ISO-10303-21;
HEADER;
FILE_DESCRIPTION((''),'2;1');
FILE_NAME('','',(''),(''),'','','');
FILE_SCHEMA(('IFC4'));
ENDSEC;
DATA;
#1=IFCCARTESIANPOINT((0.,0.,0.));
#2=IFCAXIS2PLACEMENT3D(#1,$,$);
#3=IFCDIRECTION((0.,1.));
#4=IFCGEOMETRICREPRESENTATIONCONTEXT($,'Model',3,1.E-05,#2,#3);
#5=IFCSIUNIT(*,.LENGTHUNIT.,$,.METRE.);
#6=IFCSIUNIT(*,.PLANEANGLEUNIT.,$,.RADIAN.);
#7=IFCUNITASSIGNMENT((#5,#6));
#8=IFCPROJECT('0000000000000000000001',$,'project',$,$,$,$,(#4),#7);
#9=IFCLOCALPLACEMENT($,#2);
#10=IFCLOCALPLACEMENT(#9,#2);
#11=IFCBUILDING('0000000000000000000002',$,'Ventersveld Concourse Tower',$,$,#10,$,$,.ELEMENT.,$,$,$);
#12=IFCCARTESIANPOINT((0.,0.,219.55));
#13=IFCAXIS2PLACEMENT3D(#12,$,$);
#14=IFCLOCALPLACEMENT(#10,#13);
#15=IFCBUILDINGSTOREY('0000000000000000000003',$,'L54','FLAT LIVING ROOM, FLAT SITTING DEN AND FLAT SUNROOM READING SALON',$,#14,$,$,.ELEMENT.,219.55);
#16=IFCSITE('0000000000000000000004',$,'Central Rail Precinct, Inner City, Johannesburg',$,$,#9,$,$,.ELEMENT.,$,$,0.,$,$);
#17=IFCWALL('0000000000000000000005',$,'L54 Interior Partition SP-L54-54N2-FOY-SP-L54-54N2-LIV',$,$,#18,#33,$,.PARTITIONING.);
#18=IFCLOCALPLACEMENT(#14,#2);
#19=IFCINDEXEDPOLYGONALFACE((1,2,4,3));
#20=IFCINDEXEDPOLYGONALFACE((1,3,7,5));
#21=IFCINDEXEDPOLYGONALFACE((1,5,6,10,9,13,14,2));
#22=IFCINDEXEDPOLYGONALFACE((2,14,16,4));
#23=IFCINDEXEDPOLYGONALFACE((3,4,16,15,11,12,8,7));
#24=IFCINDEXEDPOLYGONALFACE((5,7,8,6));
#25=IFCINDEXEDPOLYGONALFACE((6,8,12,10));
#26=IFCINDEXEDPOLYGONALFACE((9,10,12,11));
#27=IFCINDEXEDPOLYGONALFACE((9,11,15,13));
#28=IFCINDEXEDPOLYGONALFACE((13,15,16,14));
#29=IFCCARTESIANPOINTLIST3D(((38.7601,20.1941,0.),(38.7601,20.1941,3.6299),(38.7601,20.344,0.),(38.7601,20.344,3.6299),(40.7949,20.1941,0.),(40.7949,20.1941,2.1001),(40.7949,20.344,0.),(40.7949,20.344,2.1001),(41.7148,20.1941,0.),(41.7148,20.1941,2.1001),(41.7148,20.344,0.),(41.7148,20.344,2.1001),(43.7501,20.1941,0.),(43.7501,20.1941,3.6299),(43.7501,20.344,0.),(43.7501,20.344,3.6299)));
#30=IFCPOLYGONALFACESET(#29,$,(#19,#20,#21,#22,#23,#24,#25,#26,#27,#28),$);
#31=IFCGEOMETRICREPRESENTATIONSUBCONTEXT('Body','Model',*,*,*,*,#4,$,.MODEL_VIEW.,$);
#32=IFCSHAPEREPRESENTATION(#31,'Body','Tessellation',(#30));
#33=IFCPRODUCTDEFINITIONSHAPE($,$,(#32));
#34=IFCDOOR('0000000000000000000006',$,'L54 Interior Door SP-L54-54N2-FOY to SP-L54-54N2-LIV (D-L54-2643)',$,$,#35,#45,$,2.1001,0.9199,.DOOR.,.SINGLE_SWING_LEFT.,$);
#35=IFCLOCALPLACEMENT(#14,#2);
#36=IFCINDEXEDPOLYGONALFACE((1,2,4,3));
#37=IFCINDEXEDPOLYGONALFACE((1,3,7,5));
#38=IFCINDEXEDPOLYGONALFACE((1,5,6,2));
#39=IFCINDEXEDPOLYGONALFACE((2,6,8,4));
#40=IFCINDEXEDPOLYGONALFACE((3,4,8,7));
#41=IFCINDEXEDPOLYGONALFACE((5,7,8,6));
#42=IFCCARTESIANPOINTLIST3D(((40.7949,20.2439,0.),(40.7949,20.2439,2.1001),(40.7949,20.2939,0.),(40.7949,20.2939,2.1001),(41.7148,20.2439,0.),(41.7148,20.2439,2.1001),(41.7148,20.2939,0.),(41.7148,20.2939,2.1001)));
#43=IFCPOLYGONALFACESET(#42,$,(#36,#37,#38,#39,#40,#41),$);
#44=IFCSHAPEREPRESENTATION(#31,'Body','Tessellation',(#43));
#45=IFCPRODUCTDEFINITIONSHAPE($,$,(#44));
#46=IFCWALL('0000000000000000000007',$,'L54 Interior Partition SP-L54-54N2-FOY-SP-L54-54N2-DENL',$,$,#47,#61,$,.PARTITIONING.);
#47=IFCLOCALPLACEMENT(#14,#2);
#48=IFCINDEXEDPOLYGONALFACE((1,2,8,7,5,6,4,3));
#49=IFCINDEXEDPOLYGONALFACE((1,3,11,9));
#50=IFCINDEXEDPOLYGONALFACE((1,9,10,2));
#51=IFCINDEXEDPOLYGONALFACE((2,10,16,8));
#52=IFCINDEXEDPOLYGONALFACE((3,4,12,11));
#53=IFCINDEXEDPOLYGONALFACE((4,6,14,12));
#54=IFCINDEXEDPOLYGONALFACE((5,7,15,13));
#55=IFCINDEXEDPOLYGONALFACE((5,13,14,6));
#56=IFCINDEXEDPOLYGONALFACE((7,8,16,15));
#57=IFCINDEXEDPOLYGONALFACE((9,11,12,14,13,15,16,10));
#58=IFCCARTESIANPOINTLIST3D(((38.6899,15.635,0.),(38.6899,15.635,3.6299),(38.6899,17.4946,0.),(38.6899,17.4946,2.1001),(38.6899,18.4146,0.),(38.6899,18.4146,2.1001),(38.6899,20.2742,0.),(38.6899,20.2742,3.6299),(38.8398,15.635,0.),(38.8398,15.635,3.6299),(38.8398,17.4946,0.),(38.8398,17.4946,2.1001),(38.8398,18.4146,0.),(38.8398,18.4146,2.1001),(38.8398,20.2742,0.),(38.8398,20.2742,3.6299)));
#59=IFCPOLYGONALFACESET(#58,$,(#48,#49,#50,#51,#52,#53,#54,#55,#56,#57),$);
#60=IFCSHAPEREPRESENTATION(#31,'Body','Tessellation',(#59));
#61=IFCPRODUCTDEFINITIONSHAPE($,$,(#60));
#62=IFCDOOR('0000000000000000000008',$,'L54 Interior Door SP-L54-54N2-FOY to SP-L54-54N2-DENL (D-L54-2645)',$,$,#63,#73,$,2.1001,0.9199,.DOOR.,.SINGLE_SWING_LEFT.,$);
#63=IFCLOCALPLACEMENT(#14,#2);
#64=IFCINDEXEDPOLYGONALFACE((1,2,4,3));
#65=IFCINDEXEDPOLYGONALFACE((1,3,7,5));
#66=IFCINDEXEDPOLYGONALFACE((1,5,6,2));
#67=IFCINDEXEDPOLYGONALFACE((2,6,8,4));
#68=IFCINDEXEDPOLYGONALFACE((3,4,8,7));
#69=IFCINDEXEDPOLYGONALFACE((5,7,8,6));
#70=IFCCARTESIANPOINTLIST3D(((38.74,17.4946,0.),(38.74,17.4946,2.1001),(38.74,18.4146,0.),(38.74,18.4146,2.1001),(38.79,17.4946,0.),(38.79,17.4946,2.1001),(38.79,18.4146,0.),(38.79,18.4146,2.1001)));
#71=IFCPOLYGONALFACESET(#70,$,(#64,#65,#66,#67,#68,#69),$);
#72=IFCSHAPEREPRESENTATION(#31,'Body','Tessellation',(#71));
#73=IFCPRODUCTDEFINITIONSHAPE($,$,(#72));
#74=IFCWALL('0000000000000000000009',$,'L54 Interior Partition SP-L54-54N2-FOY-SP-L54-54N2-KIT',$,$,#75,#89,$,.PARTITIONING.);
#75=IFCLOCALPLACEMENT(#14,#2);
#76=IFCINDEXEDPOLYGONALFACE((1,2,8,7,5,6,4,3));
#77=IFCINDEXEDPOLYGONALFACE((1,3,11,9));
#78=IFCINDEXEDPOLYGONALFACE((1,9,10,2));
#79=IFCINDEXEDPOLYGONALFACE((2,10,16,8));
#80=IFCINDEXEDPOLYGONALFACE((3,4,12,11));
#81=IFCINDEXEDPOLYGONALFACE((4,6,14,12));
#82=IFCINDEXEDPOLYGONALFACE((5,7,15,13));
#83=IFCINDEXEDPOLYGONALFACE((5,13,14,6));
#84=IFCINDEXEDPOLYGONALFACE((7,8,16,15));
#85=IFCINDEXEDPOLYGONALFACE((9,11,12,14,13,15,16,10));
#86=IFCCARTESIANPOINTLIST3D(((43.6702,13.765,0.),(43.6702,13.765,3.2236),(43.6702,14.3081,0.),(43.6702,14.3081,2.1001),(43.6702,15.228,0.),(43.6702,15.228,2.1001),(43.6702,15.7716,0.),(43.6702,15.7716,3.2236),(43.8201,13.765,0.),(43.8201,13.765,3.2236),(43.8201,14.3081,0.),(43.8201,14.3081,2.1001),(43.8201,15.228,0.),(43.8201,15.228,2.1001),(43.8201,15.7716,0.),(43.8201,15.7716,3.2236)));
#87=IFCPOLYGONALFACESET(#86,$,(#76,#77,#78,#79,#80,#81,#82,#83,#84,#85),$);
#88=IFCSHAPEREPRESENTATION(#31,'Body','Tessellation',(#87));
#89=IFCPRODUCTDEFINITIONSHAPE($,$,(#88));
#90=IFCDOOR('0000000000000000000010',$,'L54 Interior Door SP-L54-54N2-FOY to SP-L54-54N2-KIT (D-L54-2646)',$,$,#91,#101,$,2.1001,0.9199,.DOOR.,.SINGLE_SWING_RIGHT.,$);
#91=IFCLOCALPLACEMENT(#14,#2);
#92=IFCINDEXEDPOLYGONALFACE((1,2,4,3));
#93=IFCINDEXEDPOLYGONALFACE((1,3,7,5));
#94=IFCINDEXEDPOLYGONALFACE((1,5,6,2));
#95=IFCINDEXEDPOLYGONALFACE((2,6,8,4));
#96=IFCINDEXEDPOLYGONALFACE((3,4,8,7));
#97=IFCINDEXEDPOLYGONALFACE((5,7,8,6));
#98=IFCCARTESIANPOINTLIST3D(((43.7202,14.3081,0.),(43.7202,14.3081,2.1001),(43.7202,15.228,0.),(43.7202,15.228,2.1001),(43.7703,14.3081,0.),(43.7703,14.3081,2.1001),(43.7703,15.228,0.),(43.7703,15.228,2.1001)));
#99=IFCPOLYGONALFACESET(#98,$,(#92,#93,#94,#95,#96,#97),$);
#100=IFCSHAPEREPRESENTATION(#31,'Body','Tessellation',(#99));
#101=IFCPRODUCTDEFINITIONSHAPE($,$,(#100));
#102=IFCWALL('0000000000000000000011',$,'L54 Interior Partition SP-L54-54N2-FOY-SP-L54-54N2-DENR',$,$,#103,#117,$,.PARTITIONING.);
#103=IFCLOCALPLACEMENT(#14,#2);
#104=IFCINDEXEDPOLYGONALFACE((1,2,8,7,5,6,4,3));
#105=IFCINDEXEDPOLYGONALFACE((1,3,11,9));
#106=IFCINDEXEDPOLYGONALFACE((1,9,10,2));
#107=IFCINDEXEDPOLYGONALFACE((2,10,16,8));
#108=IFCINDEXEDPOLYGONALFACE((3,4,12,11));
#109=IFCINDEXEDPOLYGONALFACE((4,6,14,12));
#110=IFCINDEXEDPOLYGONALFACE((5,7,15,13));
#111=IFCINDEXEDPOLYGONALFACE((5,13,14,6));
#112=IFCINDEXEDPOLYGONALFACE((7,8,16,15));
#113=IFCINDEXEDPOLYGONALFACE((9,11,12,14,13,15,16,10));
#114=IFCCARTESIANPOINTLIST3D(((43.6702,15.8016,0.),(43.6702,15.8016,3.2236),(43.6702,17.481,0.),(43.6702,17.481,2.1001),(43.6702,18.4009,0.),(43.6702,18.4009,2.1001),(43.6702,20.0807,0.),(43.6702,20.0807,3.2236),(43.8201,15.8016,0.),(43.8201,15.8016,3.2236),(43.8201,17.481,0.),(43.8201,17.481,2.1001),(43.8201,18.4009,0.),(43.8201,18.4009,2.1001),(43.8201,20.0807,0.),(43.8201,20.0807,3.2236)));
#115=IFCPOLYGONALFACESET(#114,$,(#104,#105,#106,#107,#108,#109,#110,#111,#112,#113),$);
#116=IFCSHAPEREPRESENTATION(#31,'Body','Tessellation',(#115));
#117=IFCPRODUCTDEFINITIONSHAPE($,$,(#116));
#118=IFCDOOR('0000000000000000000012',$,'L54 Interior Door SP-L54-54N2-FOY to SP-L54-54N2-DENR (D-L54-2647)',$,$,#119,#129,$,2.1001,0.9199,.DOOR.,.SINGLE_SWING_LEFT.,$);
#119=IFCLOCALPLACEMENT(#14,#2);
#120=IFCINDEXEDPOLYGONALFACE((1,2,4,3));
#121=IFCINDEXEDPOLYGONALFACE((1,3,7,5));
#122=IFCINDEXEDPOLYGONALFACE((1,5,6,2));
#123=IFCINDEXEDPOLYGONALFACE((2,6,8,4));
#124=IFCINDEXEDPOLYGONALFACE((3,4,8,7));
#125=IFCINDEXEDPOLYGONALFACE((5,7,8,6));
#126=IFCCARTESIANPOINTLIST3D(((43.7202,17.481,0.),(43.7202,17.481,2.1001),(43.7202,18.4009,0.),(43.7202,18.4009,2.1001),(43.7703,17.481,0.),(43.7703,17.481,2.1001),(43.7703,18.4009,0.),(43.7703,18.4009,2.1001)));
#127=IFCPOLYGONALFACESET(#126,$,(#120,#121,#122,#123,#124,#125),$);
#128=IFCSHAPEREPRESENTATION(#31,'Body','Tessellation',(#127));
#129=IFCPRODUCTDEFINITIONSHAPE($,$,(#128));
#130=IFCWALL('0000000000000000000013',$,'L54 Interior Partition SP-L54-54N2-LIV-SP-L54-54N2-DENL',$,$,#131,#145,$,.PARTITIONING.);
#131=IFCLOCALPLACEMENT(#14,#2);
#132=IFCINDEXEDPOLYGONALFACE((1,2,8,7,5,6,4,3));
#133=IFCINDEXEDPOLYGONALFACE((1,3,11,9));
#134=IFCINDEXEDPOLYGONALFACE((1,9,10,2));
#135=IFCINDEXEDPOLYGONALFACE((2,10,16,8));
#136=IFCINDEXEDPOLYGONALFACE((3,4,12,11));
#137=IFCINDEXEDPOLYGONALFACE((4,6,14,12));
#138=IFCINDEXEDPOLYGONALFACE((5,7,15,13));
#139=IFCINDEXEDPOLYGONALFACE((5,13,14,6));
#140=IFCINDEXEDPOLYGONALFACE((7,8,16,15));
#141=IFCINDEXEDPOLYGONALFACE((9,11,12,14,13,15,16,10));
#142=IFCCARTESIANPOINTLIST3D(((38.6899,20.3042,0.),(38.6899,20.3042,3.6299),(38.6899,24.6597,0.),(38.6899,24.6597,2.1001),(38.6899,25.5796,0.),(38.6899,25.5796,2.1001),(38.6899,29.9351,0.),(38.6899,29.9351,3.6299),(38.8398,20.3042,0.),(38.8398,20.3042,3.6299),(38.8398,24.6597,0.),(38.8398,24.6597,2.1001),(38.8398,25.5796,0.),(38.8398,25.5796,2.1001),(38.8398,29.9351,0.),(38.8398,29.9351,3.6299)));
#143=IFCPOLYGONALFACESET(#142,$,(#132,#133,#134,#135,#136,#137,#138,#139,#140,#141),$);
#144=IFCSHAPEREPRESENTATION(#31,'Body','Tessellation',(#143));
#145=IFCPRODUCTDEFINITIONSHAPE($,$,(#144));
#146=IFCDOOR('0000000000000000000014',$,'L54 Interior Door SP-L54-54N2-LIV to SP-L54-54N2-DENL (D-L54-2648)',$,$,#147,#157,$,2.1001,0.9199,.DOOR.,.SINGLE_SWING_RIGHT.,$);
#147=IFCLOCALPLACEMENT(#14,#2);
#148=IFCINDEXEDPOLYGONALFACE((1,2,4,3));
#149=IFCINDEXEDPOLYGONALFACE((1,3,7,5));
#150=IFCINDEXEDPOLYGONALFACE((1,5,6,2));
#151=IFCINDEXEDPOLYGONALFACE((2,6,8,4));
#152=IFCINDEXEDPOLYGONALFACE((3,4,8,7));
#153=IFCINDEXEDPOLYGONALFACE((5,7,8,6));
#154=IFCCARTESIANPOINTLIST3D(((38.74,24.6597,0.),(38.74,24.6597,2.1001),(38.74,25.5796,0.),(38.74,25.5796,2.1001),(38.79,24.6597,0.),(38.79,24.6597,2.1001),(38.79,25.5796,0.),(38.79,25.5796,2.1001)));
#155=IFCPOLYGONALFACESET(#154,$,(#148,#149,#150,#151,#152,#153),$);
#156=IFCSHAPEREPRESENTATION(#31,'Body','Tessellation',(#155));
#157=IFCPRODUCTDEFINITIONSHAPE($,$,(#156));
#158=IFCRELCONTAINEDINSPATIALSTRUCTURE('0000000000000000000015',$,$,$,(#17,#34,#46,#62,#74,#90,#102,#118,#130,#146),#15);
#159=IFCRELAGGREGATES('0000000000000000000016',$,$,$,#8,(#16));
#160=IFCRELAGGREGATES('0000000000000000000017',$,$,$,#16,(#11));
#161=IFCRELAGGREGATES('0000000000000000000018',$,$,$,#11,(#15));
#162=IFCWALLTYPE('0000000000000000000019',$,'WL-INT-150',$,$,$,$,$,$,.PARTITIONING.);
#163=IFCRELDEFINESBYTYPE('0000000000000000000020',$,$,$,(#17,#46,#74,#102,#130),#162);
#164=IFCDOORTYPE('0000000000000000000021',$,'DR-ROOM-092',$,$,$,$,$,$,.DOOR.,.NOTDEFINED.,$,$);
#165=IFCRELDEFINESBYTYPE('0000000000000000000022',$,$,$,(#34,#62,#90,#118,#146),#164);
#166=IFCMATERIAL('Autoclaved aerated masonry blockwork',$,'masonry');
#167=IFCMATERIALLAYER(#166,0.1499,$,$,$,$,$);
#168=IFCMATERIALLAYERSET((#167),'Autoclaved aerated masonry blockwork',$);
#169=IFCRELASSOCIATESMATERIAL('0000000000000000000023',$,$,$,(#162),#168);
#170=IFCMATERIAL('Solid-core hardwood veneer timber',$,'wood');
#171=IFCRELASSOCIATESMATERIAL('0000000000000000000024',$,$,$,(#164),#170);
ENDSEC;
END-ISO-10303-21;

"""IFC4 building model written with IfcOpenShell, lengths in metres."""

from ifc_helpers import new_model, si_unit, direction, frame, frame_2d, origin, place, context, subcontext, project, spatial, rectangle, extrude, material, layer, layer_set, type_object, element, fill, save


model = new_model("IFC4")

# Units and contexts
model_context = context("Model", 3, precision=1e-05, world=origin(), true_north=direction((0.0, 1.0)))
body_context = subcontext(model_context, "Body", "Model", "MODEL_VIEW")
ifc_project = project(units=[si_unit("LENGTHUNIT", "METRE"), si_unit("PLANEANGLEUNIT", "RADIAN")], contexts=[model_context])

# Site, building, storey
site_placement = place(None, origin())
site = spatial("IfcSite", under=ifc_project, at=site_placement, Name="Central Rail Precinct, Inner City, Johannesburg", CompositionType="ELEMENT", RefElevation=0.0)
building_placement = place(site_placement, origin())
building = spatial("IfcBuilding", under=site, at=building_placement, Name="Ventersveld Concourse Tower", CompositionType="ELEMENT")
storey_placement = place(building_placement, frame((0.0, 0.0, 219.55)))
storey = spatial("IfcBuildingStorey", under=building, at=storey_placement, Name="L54", Description="FLAT LIVING ROOM, FLAT SITTING DEN AND FLAT SUNROOM READING SALON", CompositionType="ELEMENT", Elevation=219.55)

# Shared definitions
ifc_material_1 = material(Name="Solid-core hardwood veneer timber", Category="wood")

# Walls, openings, doors
ifc_material_2 = material(Name="Autoclaved aerated masonry blockwork", Category="masonry")
ifc_layer_1 = layer(ifc_material_2, 0.1499)
ifc_layer_set_1 = layer_set([ifc_layer_1], Name="Autoclaved aerated masonry blockwork")
wall_type_1 = type_object("IfcWallType", Name="WL-INT-150", PredefinedType="PARTITIONING", material=ifc_layer_set_1)
wall_1_placement = place(storey_placement, frame((38.76, 20.269, 0.0), z_axis=(0.0, 0.0, 1.0), x_axis=(1.0, 0.0, 0.0)))
wall_1 = element("IfcWall", 1, at=wall_1_placement, inside=storey, type_object=wall_type_1, Name="L54 Interior Partition SP-L54-54N2-FOY-SP-L54-54N2-LIV", PredefinedType="PARTITIONING", context=body_context, shape_type="SweptSolid", body=[
    extrude(rectangle(XDim=4.99, YDim=0.1499, at=frame_2d((2.4951, 0.0))), origin(), (0.0, 0.0, 1.0), 3.6299),
])
opening_1_placement = place(wall_1_placement, frame((2.0349, 0.0, 0.0)))
opening_1 = element("IfcOpeningElement", 2, at=opening_1_placement, cuts=wall_1, PredefinedType="OPENING", context=body_context, shape_type="SweptSolid", body=[
    extrude(rectangle(XDim=0.9199, YDim=2.1001, at=frame_2d((0.46, 1.05))), frame((0.0, 0.085, 0.0), z_axis=(0.0, -1.0, 0.0), x_axis=(1.0, 0.0, 0.0)), (0.0, 0.0, 1.0), 0.1699),
])
door_type_1 = type_object("IfcDoorType", Name="DR-ROOM-092", OperationType="NOTDEFINED", PredefinedType="DOOR", material=ifc_material_1)
door_1_placement = place(opening_1_placement, origin())
door_1 = element("IfcDoor", 3, at=door_1_placement, inside=storey, type_object=door_type_1, Name="L54 Interior Door SP-L54-54N2-FOY to SP-L54-54N2-LIV (D-L54-2643)", OperationType="SINGLE_SWING_LEFT", OverallHeight=2.1001, OverallWidth=0.9199, PredefinedType="DOOR", context=body_context, shape_type="SweptSolid", body=[
    extrude(rectangle(XDim=0.9199, YDim=2.1001, at=frame_2d((0.46, 1.05))), frame((0.0, 0.0249, 0.0), z_axis=(0.0, -1.0, 0.0), x_axis=(1.0, 0.0, 0.0)), (0.0, 0.0, 1.0), 0.05),
])
fill(opening_1, door_1)
wall_2_placement = place(storey_placement, frame((38.7649, 15.635, 0.0), z_axis=(0.0, 0.0, 1.0), x_axis=(0.0, 1.0, 0.0)))
wall_2 = element("IfcWall", 4, at=wall_2_placement, inside=storey, type_object=wall_type_1, Name="L54 Interior Partition SP-L54-54N2-FOY-SP-L54-54N2-DENL", PredefinedType="PARTITIONING", context=body_context, shape_type="SweptSolid", body=[
    extrude(rectangle(XDim=4.6392, YDim=0.1499, at=frame_2d((2.3196, 0.0))), origin(), (0.0, 0.0, 1.0), 3.6299),
])
opening_2_placement = place(wall_2_placement, frame((1.8596, 0.0, 0.0)))
opening_2 = element("IfcOpeningElement", 5, at=opening_2_placement, cuts=wall_2, PredefinedType="OPENING", context=body_context, shape_type="SweptSolid", body=[
    extrude(rectangle(XDim=0.9199, YDim=2.1001, at=frame_2d((0.46, 1.05))), frame((0.0, 0.085, 0.0), z_axis=(0.0, -1.0, 0.0), x_axis=(1.0, 0.0, 0.0)), (0.0, 0.0, 1.0), 0.1699),
])
door_2_placement = place(opening_2_placement, origin())
door_2 = element("IfcDoor", 6, at=door_2_placement, inside=storey, type_object=door_type_1, Name="L54 Interior Door SP-L54-54N2-FOY to SP-L54-54N2-DENL (D-L54-2645)", OperationType="SINGLE_SWING_LEFT", OverallHeight=2.1001, OverallWidth=0.9199, PredefinedType="DOOR", context=body_context, shape_type="SweptSolid", body=[
    extrude(rectangle(XDim=0.9199, YDim=2.1001, at=frame_2d((0.46, 1.05))), frame((0.0, 0.0249, 0.0), z_axis=(0.0, -1.0, 0.0), x_axis=(1.0, 0.0, 0.0)), (0.0, 0.0, 1.0), 0.05),
])
fill(opening_2, door_2)
wall_3_placement = place(storey_placement, frame((43.7451, 13.7649, 0.0), z_axis=(0.0, 0.0, 1.0), x_axis=(0.0, 1.0, 0.0)))
wall_3 = element("IfcWall", 7, at=wall_3_placement, inside=storey, type_object=wall_type_1, Name="L54 Interior Partition SP-L54-54N2-FOY-SP-L54-54N2-KIT", PredefinedType="PARTITIONING", context=body_context, shape_type="SweptSolid", body=[
    extrude(rectangle(XDim=2.0066, YDim=0.1499, at=frame_2d((1.0034, 0.0))), origin(), (0.0, 0.0, 1.0), 3.2236),
])
opening_3_placement = place(wall_3_placement, frame((0.5432, 0.0, 0.0)))
opening_3 = element("IfcOpeningElement", 8, at=opening_3_placement, cuts=wall_3, PredefinedType="OPENING", context=body_context, shape_type="SweptSolid", body=[
    extrude(rectangle(XDim=0.9199, YDim=2.1001, at=frame_2d((0.46, 1.05))), frame((0.0, 0.085, 0.0), z_axis=(0.0, -1.0, 0.0), x_axis=(1.0, 0.0, 0.0)), (0.0, 0.0, 1.0), 0.1699),
])
door_3_placement = place(opening_3_placement, origin())
door_3 = element("IfcDoor", 9, at=door_3_placement, inside=storey, type_object=door_type_1, Name="L54 Interior Door SP-L54-54N2-FOY to SP-L54-54N2-KIT (D-L54-2646)", OperationType="SINGLE_SWING_RIGHT", OverallHeight=2.1001, OverallWidth=0.9199, PredefinedType="DOOR", context=body_context, shape_type="SweptSolid", body=[
    extrude(rectangle(XDim=0.9199, YDim=2.1001, at=frame_2d((0.46, 1.05))), frame((0.0, 0.0249, 0.0), z_axis=(0.0, -1.0, 0.0), x_axis=(1.0, 0.0, 0.0)), (0.0, 0.0, 1.0), 0.05),
])
fill(opening_3, door_3)
wall_4_placement = place(storey_placement, frame((43.7451, 15.8015, 0.0), z_axis=(0.0, 0.0, 1.0), x_axis=(0.0, 1.0, 0.0)))
wall_4 = element("IfcWall", 10, at=wall_4_placement, inside=storey, type_object=wall_type_1, Name="L54 Interior Partition SP-L54-54N2-FOY-SP-L54-54N2-DENR", PredefinedType="PARTITIONING", context=body_context, shape_type="SweptSolid", body=[
    extrude(rectangle(XDim=4.2791, YDim=0.1499, at=frame_2d((2.1396, 0.0))), origin(), (0.0, 0.0, 1.0), 3.2236),
])
opening_4_placement = place(wall_4_placement, frame((1.6794, 0.0, 0.0)))
opening_4 = element("IfcOpeningElement", 11, at=opening_4_placement, cuts=wall_4, PredefinedType="OPENING", context=body_context, shape_type="SweptSolid", body=[
    extrude(rectangle(XDim=0.9199, YDim=2.1001, at=frame_2d((0.46, 1.05))), frame((0.0, 0.085, 0.0), z_axis=(0.0, -1.0, 0.0), x_axis=(1.0, 0.0, 0.0)), (0.0, 0.0, 1.0), 0.1699),
])
door_4_placement = place(opening_4_placement, origin())
door_4 = element("IfcDoor", 12, at=door_4_placement, inside=storey, type_object=door_type_1, Name="L54 Interior Door SP-L54-54N2-FOY to SP-L54-54N2-DENR (D-L54-2647)", OperationType="SINGLE_SWING_LEFT", OverallHeight=2.1001, OverallWidth=0.9199, PredefinedType="DOOR", context=body_context, shape_type="SweptSolid", body=[
    extrude(rectangle(XDim=0.9199, YDim=2.1001, at=frame_2d((0.46, 1.05))), frame((0.0, 0.0249, 0.0), z_axis=(0.0, -1.0, 0.0), x_axis=(1.0, 0.0, 0.0)), (0.0, 0.0, 1.0), 0.05),
])
fill(opening_4, door_4)
wall_5_placement = place(storey_placement, frame((38.7649, 20.3042, 0.0), z_axis=(0.0, 0.0, 1.0), x_axis=(0.0, 1.0, 0.0)))
wall_5 = element("IfcWall", 13, at=wall_5_placement, inside=storey, type_object=wall_type_1, Name="L54 Interior Partition SP-L54-54N2-LIV-SP-L54-54N2-DENL", PredefinedType="PARTITIONING", context=body_context, shape_type="SweptSolid", body=[
    extrude(rectangle(XDim=9.6309, YDim=0.1499, at=frame_2d((4.8154, 0.0))), origin(), (0.0, 0.0, 1.0), 3.6299),
])
opening_5_placement = place(wall_5_placement, frame((4.3555, 0.0, 0.0)))
opening_5 = element("IfcOpeningElement", 14, at=opening_5_placement, cuts=wall_5, PredefinedType="OPENING", context=body_context, shape_type="SweptSolid", body=[
    extrude(rectangle(XDim=0.9199, YDim=2.1001, at=frame_2d((0.46, 1.05))), frame((0.0, 0.085, 0.0), z_axis=(0.0, -1.0, 0.0), x_axis=(1.0, 0.0, 0.0)), (0.0, 0.0, 1.0), 0.1699),
])
door_5_placement = place(opening_5_placement, origin())
door_5 = element("IfcDoor", 15, at=door_5_placement, inside=storey, type_object=door_type_1, Name="L54 Interior Door SP-L54-54N2-LIV to SP-L54-54N2-DENL (D-L54-2648)", OperationType="SINGLE_SWING_RIGHT", OverallHeight=2.1001, OverallWidth=0.9199, PredefinedType="DOOR", context=body_context, shape_type="SweptSolid", body=[
    extrude(rectangle(XDim=0.9199, YDim=2.1001, at=frame_2d((0.46, 1.05))), frame((0.0, 0.0249, 0.0), z_axis=(0.0, -1.0, 0.0), x_axis=(1.0, 0.0, 0.0)), (0.0, 0.0, 1.0), 0.05),
])
fill(opening_5, door_5)

save(model, "model.ifc")
